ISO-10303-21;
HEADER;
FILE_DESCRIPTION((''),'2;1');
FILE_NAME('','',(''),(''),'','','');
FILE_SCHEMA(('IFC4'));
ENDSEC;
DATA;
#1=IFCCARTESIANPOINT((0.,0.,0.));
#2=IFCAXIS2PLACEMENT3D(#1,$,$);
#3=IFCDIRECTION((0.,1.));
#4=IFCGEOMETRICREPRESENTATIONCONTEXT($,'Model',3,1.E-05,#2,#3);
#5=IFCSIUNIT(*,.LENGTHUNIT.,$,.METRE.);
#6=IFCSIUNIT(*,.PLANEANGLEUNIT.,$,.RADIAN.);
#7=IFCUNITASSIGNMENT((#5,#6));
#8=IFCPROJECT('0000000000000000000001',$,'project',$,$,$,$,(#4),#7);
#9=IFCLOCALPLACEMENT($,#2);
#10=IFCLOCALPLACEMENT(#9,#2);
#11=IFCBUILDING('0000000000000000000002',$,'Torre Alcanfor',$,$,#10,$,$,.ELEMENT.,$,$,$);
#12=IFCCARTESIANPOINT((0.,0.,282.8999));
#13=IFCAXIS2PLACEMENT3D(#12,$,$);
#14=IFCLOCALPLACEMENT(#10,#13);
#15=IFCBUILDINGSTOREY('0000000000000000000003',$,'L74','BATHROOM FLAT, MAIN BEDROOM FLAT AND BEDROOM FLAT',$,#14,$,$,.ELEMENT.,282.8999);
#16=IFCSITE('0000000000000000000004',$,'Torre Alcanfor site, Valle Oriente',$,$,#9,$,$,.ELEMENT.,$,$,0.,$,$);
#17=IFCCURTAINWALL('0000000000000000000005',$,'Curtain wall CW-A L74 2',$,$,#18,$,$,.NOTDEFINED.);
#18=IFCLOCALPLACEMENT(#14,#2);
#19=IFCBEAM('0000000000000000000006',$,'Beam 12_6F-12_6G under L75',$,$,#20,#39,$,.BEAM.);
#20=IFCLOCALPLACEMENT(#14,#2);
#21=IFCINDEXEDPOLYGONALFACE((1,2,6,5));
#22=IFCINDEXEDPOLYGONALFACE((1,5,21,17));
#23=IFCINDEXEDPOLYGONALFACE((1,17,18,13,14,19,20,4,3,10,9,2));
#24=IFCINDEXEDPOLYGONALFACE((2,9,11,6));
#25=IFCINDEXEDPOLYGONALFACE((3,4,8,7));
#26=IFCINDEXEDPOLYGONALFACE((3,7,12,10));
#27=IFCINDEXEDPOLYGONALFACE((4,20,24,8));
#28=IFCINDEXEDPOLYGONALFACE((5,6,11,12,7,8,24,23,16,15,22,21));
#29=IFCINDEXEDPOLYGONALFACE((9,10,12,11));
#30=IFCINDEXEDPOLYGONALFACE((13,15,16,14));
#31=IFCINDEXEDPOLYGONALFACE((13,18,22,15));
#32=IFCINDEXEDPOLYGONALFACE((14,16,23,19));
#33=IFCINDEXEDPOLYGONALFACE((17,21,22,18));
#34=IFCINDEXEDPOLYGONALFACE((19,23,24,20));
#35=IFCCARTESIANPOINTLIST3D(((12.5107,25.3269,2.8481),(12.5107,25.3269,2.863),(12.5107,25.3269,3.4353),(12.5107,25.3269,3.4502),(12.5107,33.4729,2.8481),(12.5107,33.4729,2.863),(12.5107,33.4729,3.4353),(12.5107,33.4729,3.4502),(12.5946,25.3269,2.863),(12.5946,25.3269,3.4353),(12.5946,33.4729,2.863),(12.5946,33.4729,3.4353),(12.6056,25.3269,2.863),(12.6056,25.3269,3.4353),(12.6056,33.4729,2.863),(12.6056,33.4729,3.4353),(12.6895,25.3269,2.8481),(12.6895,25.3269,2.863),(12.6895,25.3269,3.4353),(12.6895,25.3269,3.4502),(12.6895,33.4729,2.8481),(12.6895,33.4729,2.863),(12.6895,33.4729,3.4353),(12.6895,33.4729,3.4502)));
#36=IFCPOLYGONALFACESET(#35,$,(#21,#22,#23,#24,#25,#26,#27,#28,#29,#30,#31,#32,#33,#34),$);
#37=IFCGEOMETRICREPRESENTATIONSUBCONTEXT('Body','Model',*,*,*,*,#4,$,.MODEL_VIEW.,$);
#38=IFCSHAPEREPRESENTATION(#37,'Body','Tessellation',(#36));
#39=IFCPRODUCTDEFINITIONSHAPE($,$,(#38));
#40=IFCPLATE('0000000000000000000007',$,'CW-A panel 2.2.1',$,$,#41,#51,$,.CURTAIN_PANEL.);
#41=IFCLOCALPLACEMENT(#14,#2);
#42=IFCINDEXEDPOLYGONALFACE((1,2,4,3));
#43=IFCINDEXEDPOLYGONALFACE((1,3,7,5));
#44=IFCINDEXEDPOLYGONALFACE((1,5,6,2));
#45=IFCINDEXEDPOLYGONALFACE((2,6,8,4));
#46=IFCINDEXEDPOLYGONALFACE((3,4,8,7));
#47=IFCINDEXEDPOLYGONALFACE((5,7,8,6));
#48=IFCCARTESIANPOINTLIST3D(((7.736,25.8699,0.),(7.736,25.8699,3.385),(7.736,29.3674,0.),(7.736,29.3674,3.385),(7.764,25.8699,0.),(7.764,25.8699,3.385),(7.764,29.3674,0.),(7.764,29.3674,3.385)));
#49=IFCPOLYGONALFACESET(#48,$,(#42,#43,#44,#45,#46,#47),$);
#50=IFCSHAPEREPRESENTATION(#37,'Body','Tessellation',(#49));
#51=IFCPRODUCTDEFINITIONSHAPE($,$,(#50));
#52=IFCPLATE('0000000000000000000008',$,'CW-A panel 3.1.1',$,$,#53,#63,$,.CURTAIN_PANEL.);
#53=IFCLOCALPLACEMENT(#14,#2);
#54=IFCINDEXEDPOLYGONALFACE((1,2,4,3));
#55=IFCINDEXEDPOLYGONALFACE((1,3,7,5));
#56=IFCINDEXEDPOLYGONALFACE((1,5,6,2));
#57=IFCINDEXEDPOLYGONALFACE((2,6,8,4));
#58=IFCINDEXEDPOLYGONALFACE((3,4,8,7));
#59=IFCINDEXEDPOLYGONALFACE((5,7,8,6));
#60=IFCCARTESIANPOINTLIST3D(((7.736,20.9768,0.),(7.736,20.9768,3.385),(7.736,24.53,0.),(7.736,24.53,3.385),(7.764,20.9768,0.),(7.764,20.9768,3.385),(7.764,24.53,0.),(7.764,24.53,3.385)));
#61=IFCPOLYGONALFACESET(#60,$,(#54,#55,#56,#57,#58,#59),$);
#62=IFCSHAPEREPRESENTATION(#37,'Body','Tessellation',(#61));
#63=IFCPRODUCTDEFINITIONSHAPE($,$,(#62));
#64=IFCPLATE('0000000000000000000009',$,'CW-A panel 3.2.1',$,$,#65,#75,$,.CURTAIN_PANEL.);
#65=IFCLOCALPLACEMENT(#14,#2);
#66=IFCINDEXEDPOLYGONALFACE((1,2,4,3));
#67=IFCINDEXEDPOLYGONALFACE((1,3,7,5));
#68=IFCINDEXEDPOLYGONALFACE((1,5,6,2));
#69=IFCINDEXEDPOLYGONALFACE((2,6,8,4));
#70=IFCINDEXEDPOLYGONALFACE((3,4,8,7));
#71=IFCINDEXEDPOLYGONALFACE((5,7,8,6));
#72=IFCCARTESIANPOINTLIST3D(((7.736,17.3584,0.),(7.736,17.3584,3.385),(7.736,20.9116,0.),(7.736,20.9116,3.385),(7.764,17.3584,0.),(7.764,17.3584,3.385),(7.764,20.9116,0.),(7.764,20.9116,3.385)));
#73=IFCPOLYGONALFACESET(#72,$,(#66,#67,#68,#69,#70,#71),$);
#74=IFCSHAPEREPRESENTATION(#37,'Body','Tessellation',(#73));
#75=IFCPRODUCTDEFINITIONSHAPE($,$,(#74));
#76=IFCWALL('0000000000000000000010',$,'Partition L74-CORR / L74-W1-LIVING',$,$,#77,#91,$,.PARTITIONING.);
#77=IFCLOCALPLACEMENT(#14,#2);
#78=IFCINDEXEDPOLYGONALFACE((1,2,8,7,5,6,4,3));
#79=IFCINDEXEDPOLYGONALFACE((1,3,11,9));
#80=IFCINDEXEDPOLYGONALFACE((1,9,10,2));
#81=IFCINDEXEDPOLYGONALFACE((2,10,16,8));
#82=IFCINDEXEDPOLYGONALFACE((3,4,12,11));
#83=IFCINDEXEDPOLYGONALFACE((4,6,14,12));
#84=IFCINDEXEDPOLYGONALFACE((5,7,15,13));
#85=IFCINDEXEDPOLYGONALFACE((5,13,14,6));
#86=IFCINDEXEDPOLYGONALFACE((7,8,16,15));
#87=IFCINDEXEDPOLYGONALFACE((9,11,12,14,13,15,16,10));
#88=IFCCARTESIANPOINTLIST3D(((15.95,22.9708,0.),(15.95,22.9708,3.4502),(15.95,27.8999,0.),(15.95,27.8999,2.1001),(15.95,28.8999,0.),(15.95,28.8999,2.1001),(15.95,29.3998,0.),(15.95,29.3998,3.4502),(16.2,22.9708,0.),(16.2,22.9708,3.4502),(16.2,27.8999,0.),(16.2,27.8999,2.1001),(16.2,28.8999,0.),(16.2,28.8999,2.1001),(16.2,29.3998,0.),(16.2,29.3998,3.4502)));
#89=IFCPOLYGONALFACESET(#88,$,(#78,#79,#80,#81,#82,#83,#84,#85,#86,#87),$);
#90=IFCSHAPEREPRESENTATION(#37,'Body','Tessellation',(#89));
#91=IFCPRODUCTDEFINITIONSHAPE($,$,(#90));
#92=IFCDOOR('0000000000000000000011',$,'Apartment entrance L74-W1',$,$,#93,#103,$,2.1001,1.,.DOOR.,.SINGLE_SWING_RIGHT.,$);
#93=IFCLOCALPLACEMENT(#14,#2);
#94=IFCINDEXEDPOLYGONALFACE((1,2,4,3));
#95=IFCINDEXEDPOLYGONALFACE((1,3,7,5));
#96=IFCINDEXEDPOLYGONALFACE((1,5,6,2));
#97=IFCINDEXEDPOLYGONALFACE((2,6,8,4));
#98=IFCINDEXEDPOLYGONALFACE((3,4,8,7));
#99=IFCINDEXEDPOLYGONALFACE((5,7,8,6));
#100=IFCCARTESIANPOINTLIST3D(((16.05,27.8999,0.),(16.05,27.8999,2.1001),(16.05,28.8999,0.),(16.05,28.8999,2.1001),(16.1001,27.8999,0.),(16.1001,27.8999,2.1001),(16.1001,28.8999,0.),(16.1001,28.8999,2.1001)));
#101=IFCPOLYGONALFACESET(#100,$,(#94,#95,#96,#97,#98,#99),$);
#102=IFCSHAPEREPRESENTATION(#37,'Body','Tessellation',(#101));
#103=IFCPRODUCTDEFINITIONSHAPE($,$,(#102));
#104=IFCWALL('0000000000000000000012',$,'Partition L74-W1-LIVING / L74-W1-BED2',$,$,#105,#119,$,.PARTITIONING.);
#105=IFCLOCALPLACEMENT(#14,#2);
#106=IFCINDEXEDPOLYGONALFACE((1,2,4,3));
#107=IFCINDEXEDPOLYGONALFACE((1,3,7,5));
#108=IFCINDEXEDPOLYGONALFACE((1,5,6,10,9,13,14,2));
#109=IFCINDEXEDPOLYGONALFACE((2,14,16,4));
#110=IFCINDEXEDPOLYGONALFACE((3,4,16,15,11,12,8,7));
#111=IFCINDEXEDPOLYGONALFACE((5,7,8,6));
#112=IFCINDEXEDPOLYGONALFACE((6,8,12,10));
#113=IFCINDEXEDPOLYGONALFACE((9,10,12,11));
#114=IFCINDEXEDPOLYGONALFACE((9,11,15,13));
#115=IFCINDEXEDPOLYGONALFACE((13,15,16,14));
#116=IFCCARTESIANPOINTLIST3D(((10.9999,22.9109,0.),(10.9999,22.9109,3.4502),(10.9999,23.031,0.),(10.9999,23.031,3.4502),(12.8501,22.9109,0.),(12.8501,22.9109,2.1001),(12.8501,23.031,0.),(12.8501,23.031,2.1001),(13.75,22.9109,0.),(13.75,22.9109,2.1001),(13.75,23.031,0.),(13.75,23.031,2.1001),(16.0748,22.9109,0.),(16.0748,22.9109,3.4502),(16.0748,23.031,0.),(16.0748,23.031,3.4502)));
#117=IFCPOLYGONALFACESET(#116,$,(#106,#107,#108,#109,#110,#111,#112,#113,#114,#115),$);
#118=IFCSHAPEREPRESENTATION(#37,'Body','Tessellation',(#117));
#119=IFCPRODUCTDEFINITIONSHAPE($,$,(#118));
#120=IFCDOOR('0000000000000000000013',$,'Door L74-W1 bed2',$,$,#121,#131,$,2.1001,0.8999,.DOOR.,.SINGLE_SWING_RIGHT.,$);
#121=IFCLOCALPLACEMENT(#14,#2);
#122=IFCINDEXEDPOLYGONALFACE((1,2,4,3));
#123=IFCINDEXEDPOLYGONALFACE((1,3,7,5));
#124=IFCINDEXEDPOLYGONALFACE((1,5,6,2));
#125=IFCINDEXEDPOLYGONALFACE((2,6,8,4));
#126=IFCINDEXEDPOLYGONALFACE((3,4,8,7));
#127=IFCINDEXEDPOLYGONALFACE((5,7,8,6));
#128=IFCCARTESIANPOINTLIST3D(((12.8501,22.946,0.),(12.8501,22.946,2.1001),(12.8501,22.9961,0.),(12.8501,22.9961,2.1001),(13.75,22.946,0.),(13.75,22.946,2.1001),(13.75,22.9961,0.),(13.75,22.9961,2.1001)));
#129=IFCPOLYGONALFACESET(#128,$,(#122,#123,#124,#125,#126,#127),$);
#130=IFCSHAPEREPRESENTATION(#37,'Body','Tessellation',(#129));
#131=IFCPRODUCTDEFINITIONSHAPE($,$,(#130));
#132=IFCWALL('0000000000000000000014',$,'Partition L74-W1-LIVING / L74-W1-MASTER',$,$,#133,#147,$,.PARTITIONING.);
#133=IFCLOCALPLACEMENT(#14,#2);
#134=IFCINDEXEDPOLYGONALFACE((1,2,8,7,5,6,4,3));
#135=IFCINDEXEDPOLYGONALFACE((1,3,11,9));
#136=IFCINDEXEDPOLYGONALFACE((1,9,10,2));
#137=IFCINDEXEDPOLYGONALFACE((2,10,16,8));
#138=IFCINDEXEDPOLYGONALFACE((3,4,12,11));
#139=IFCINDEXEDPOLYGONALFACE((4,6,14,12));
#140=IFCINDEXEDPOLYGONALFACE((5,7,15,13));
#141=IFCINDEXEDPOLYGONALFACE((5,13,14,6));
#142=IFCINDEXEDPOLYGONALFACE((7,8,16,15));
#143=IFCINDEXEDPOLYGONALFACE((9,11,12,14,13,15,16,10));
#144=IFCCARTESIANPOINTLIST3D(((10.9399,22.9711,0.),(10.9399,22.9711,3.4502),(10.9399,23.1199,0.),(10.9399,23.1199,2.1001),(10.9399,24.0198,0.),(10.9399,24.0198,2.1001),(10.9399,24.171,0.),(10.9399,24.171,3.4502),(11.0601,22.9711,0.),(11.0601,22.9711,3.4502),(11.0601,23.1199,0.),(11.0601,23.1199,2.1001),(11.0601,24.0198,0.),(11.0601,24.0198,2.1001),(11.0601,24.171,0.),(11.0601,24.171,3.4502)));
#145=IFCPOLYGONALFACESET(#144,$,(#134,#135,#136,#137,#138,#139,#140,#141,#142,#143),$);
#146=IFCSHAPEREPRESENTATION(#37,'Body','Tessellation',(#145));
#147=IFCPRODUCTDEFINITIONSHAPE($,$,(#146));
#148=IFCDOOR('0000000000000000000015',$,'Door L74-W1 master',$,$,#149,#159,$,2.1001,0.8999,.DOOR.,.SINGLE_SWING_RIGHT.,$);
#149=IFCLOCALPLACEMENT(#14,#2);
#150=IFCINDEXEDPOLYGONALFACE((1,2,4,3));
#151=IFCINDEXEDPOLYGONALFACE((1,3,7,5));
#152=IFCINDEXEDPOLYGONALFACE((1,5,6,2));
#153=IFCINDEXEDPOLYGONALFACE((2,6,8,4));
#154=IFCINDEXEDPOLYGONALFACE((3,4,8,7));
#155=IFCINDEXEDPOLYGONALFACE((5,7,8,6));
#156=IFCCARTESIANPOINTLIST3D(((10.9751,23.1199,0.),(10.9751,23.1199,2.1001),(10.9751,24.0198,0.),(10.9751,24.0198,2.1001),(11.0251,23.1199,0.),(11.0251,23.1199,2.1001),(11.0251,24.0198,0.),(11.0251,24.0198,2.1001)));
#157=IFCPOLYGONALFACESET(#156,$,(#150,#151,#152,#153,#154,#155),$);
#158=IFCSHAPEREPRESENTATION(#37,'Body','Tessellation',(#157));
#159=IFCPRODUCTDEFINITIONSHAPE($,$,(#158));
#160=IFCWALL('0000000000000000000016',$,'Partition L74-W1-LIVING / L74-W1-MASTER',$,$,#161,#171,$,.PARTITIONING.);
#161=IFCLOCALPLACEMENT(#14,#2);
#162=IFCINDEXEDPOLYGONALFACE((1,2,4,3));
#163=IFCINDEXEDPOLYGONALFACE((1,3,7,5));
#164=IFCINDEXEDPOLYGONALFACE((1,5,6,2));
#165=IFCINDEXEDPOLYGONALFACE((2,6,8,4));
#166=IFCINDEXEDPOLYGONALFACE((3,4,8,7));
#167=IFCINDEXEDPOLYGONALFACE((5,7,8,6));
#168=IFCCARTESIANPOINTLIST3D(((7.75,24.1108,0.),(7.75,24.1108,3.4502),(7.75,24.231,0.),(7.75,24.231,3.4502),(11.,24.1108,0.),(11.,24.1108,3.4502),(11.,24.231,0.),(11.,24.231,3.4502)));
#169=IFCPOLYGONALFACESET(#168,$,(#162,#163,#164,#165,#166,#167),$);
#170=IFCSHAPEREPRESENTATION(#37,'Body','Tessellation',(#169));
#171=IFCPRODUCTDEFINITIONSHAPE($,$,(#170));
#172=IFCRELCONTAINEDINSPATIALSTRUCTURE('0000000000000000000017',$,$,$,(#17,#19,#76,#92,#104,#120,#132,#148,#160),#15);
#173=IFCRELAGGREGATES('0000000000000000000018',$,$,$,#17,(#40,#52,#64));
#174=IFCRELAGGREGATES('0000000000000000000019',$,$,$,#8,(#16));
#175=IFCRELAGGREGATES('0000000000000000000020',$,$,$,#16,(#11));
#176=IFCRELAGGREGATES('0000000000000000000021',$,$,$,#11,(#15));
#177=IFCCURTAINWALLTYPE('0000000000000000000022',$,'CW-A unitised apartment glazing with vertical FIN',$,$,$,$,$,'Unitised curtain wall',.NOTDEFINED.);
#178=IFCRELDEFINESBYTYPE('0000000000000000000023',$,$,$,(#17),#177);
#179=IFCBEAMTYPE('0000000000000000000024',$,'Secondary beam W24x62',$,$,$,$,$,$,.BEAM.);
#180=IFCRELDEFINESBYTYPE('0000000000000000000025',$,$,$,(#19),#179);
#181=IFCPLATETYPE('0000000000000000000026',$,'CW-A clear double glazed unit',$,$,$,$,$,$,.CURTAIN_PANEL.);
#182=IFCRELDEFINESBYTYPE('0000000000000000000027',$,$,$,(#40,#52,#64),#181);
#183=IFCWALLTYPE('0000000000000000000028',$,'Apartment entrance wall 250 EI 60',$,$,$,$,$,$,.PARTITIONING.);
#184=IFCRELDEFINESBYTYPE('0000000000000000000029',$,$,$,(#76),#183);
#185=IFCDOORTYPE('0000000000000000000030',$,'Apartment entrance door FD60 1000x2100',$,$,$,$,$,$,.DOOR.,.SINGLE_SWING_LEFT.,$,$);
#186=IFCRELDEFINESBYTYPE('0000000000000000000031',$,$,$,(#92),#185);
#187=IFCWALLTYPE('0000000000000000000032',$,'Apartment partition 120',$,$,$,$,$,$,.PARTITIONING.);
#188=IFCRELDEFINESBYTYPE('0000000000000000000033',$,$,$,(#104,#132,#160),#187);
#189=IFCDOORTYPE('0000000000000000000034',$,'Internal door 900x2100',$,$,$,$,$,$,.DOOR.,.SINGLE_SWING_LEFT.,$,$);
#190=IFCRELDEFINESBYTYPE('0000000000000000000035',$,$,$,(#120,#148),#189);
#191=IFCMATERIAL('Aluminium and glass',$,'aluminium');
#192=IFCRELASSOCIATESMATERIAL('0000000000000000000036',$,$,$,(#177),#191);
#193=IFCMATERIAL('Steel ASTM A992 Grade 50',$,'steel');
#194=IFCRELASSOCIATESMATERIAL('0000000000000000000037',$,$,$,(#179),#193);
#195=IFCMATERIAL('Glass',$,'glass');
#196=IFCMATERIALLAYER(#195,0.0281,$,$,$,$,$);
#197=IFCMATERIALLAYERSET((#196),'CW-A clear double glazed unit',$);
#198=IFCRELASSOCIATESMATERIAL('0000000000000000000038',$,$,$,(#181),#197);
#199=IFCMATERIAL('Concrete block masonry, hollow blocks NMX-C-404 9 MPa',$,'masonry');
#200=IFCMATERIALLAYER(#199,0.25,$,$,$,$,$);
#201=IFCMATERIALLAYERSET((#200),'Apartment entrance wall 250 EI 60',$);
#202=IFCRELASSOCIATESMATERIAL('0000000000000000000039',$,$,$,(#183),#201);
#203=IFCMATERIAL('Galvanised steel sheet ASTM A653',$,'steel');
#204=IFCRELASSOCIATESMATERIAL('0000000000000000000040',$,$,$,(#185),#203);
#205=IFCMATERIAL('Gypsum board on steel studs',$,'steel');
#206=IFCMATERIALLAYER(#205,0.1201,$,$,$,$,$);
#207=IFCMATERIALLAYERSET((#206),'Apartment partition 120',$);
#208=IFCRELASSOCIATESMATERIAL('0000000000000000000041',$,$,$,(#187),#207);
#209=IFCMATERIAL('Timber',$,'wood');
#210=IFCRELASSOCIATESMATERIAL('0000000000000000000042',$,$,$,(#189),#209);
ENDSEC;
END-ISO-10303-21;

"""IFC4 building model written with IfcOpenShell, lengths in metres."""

from ifc_helpers import new_model, si_unit, direction, frame, frame_2d, origin, origin_2d, place, context, subcontext, project, spatial, rectangle, i_section, extrude, material, layer, layer_set, material_profile, profile_set, type_object, element, fill, aggregate, save


model = new_model("IFC4")

# Units and contexts
model_context = context("Model", 3, precision=1e-05, world=origin(), true_north=direction((0.0, 1.0)))
body_context = subcontext(model_context, "Body", "Model", "MODEL_VIEW")
ifc_project = project(units=[si_unit("LENGTHUNIT", "METRE"), si_unit("PLANEANGLEUNIT", "RADIAN")], contexts=[model_context])

# Site, building, storey
site_placement = place(None, origin())
site = spatial("IfcSite", under=ifc_project, at=site_placement, Name="Torre Alcanfor site, Valle Oriente", CompositionType="ELEMENT", RefElevation=0.0)
building_placement = place(site_placement, origin())
building = spatial("IfcBuilding", under=site, at=building_placement, Name="Torre Alcanfor", CompositionType="ELEMENT")
storey_placement = place(building_placement, frame((0.0, 0.0, 282.8999)))
storey = spatial("IfcBuildingStorey", under=building, at=storey_placement, Name="L74", Description="BATHROOM FLAT, MAIN BEDROOM FLAT AND BEDROOM FLAT", CompositionType="ELEMENT", Elevation=282.8999)

# Curtain wall
ifc_material_1 = material(Name="Aluminium and glass", Category="aluminium")
curtain_wall_type = type_object("IfcCurtainWallType", Name="CW-A unitised apartment glazing with vertical FIN", ElementType="Unitised curtain wall", PredefinedType="NOTDEFINED", material=ifc_material_1)
curtain_wall_placement = place(storey_placement, origin())
curtain_wall = element("IfcCurtainWall", 1, at=curtain_wall_placement, inside=storey, type_object=curtain_wall_type, Name="Curtain wall CW-A L74 2", PredefinedType="NOTDEFINED")

# Beam
ifc_material_2 = material(Name="Steel ASTM A992 Grade 50", Category="steel")
ifc_material_profile_1 = material_profile(ifc_material_2, i_section(OverallWidth=0.1787, OverallDepth=0.6021, WebThickness=0.011, FlangeThickness=0.0149, at=origin_2d()), Name="W24x62")
ifc_profile_set_1 = profile_set([ifc_material_profile_1], Name="Steel ASTM A992 Grade 50")
beam_type_1 = type_object("IfcBeamType", Name="Secondary beam W24x62", PredefinedType="BEAM", material=ifc_profile_set_1)
beam_1_placement = place(storey_placement, frame((12.6001, 25.3269, 3.1492), z_axis=(0.0, 1.0, 0.0), x_axis=(-1.0, 0.0, 0.0)))
element("IfcBeam", 2, at=beam_1_placement, inside=storey, type_object=beam_type_1, Name="Beam 12_6F-12_6G under L75", PredefinedType="BEAM", context=body_context, shape_type="SweptSolid", body=[
    extrude(i_section(OverallWidth=0.1787, OverallDepth=0.6021, WebThickness=0.011, FlangeThickness=0.0149, at=origin_2d()), origin(), (0.0, 0.0, 1.0), 8.146),
])

# Plates
ifc_material_3 = material(Name="Glass", Category="glass")
ifc_layer_1 = layer(ifc_material_3, 0.0281)
ifc_layer_set_1 = layer_set([ifc_layer_1], Name="CW-A clear double glazed unit")
plate_type = type_object("IfcPlateType", Name="CW-A clear double glazed unit", PredefinedType="CURTAIN_PANEL", material=ifc_layer_set_1)
plate_1_placement = place(storey_placement, frame((7.75, 27.6187, 0.0), z_axis=(0.0, 0.0, 1.0), x_axis=(0.0, -1.0, 0.0)))
plate_1 = element("IfcPlate", 3, at=plate_1_placement, type_object=plate_type, Name="CW-A panel 2.2.1", PredefinedType="CURTAIN_PANEL", context=body_context, shape_type="SweptSolid", body=[
    extrude(rectangle(XDim=3.4976, YDim=0.0281, at=origin_2d()), origin(), (0.0, 0.0, 1.0), 3.385),
])
plate_2_placement = place(storey_placement, frame((7.75, 22.7534, 0.0), z_axis=(0.0, 0.0, 1.0), x_axis=(0.0, -1.0, 0.0)))
plate_2 = element("IfcPlate", 4, at=plate_2_placement, type_object=plate_type, Name="CW-A panel 3.1.1", PredefinedType="CURTAIN_PANEL", context=body_context, shape_type="SweptSolid", body=[
    extrude(rectangle(XDim=3.5532, YDim=0.0281, at=origin_2d()), origin(), (0.0, 0.0, 1.0), 3.385),
])
plate_3_placement = place(storey_placement, frame((7.75, 19.135, 0.0), z_axis=(0.0, 0.0, 1.0), x_axis=(0.0, -1.0, 0.0)))
plate_3 = element("IfcPlate", 5, at=plate_3_placement, type_object=plate_type, Name="CW-A panel 3.2.1", PredefinedType="CURTAIN_PANEL", context=body_context, shape_type="SweptSolid", body=[
    extrude(rectangle(XDim=3.5532, YDim=0.0281, at=origin_2d()), origin(), (0.0, 0.0, 1.0), 3.385),
])
aggregate(curtain_wall, [plate_1, plate_2, plate_3])

# Walls, openings, doors
ifc_material_4 = material(Name="Concrete block masonry, hollow blocks NMX-C-404 9 MPa", Category="masonry")
ifc_layer_2 = layer(ifc_material_4, 0.25)
ifc_layer_set_2 = layer_set([ifc_layer_2], Name="Apartment entrance wall 250 EI 60")
wall_type_1 = type_object("IfcWallType", Name="Apartment entrance wall 250 EI 60", PredefinedType="PARTITIONING", material=ifc_layer_set_2)
wall_1_placement = place(storey_placement, frame((16.075, 22.9709, 0.0), z_axis=(0.0, 0.0, 1.0), x_axis=(0.0, 1.0, 0.0)))
wall_1 = element("IfcWall", 6, at=wall_1_placement, inside=storey, type_object=wall_type_1, Name="Partition L74-CORR / L74-W1-LIVING", PredefinedType="PARTITIONING", context=body_context, shape_type="SweptSolid", body=[
    extrude(rectangle(XDim=6.429, YDim=0.25, at=frame_2d((3.2144, 0.0))), origin(), (0.0, 0.0, 1.0), 3.4502),
])
opening_1_placement = place(wall_1_placement, frame((4.929, 0.0, 0.0)))
opening_1 = element("IfcOpeningElement", 7, at=opening_1_placement, cuts=wall_1, PredefinedType="OPENING", context=body_context, shape_type="SweptSolid", body=[
    extrude(rectangle(XDim=1.0, YDim=2.1001, at=frame_2d((0.5, 1.05))), frame((0.0, 0.135, 0.0), z_axis=(0.0, -1.0, 0.0), x_axis=(1.0, 0.0, 0.0)), (0.0, 0.0, 1.0), 0.27),
])
ifc_material_5 = material(Name="Galvanised steel sheet ASTM A653", Category="steel")
door_type_1 = type_object("IfcDoorType", Name="Apartment entrance door FD60 1000x2100", OperationType="SINGLE_SWING_LEFT", PredefinedType="DOOR", material=ifc_material_5)
door_1_placement = place(opening_1_placement, origin())
door_1 = element("IfcDoor", 8, at=door_1_placement, inside=storey, type_object=door_type_1, Name="Apartment entrance L74-W1", OperationType="SINGLE_SWING_RIGHT", OverallHeight=2.1001, OverallWidth=1.0, PredefinedType="DOOR", context=body_context, shape_type="SweptSolid", body=[
    extrude(rectangle(XDim=1.0, YDim=2.1001, at=frame_2d((0.5, 1.05))), frame((0.0, 0.0249, 0.0), z_axis=(0.0, -1.0, 0.0), x_axis=(1.0, 0.0, 0.0)), (0.0, 0.0, 1.0), 0.05),
])
fill(opening_1, door_1)
ifc_material_6 = material(Name="Gypsum board on steel studs", Category="steel")
ifc_layer_3 = layer(ifc_material_6, 0.1201)
ifc_layer_set_3 = layer_set([ifc_layer_3], Name="Apartment partition 120")
wall_type_2 = type_object("IfcWallType", Name="Apartment partition 120", PredefinedType="PARTITIONING", material=ifc_layer_set_3)
wall_2_placement = place(storey_placement, frame((16.075, 22.9709, 0.0), z_axis=(0.0, 0.0, 1.0), x_axis=(-1.0, 0.0, 0.0)))
wall_2 = element("IfcWall", 9, at=wall_2_placement, inside=storey, type_object=wall_type_2, Name="Partition L74-W1-LIVING / L74-W1-BED2", PredefinedType="PARTITIONING", context=body_context, shape_type="SweptSolid", body=[
    extrude(rectangle(XDim=5.075, YDim=0.1201, at=frame_2d((2.5376, 0.0))), origin(), (0.0, 0.0, 1.0), 3.4502),
])
opening_2_placement = place(wall_2_placement, frame((2.325, 0.0, 0.0)))
opening_2 = element("IfcOpeningElement", 10, at=opening_2_placement, cuts=wall_2, PredefinedType="OPENING", context=body_context, shape_type="SweptSolid", body=[
    extrude(rectangle(XDim=0.8999, YDim=2.1001, at=frame_2d((0.45, 1.05))), frame((0.0, 0.0701, 0.0), z_axis=(0.0, -1.0, 0.0), x_axis=(1.0, 0.0, 0.0)), (0.0, 0.0, 1.0), 0.1401),
])
ifc_material_7 = material(Name="Timber", Category="wood")
door_type_2 = type_object("IfcDoorType", Name="Internal door 900x2100", OperationType="SINGLE_SWING_LEFT", PredefinedType="DOOR", material=ifc_material_7)
door_2_placement = place(opening_2_placement, origin())
door_2 = element("IfcDoor", 11, at=door_2_placement, inside=storey, type_object=door_type_2, Name="Door L74-W1 bed2", OperationType="SINGLE_SWING_RIGHT", OverallHeight=2.1001, OverallWidth=0.8999, PredefinedType="DOOR", context=body_context, shape_type="SweptSolid", body=[
    extrude(rectangle(XDim=0.8999, YDim=2.1001, at=frame_2d((0.45, 1.05))), frame((0.0, 0.0249, 0.0), z_axis=(0.0, -1.0, 0.0), x_axis=(1.0, 0.0, 0.0)), (0.0, 0.0, 1.0), 0.05),
])
fill(opening_2, door_2)
wall_3_placement = place(storey_placement, frame((11.0, 22.9709, 0.0), z_axis=(0.0, 0.0, 1.0), x_axis=(0.0, 1.0, 0.0)))
wall_3 = element("IfcWall", 12, at=wall_3_placement, inside=storey, type_object=wall_type_2, Name="Partition L74-W1-LIVING / L74-W1-MASTER", PredefinedType="PARTITIONING", context=body_context, shape_type="SweptSolid", body=[
    extrude(rectangle(XDim=1.2, YDim=0.1201, at=frame_2d((0.6001, 0.0))), origin(), (0.0, 0.0, 1.0), 3.4502),
])
opening_3_placement = place(wall_3_placement, frame((0.1489, 0.0, 0.0)))
opening_3 = element("IfcOpeningElement", 13, at=opening_3_placement, cuts=wall_3, PredefinedType="OPENING", context=body_context, shape_type="SweptSolid", body=[
    extrude(rectangle(XDim=0.8999, YDim=2.1001, at=frame_2d((0.45, 1.05))), frame((0.0, 0.0701, 0.0), z_axis=(0.0, -1.0, 0.0), x_axis=(1.0, 0.0, 0.0)), (0.0, 0.0, 1.0), 0.1401),
])
door_3_placement = place(opening_3_placement, origin())
door_3 = element("IfcDoor", 14, at=door_3_placement, inside=storey, type_object=door_type_2, Name="Door L74-W1 master", OperationType="SINGLE_SWING_RIGHT", OverallHeight=2.1001, OverallWidth=0.8999, PredefinedType="DOOR", context=body_context, shape_type="SweptSolid", body=[
    extrude(rectangle(XDim=0.8999, YDim=2.1001, at=frame_2d((0.45, 1.05))), frame((0.0, 0.0249, 0.0), z_axis=(0.0, -1.0, 0.0), x_axis=(1.0, 0.0, 0.0)), (0.0, 0.0, 1.0), 0.05),
])
fill(opening_3, door_3)

# Wall
wall_4_placement = place(storey_placement, frame((11.0, 24.1709, 0.0), z_axis=(0.0, 0.0, 1.0), x_axis=(-1.0, 0.0, 0.0)))
element("IfcWall", 15, at=wall_4_placement, inside=storey, type_object=wall_type_2, Name="Partition L74-W1-LIVING / L74-W1-MASTER", PredefinedType="PARTITIONING", context=body_context, shape_type="SweptSolid", body=[
    extrude(rectangle(XDim=3.25, YDim=0.1201, at=frame_2d((1.625, 0.0))), origin(), (0.0, 0.0, 1.0), 3.4502),
])

save(model, "model.ifc")
